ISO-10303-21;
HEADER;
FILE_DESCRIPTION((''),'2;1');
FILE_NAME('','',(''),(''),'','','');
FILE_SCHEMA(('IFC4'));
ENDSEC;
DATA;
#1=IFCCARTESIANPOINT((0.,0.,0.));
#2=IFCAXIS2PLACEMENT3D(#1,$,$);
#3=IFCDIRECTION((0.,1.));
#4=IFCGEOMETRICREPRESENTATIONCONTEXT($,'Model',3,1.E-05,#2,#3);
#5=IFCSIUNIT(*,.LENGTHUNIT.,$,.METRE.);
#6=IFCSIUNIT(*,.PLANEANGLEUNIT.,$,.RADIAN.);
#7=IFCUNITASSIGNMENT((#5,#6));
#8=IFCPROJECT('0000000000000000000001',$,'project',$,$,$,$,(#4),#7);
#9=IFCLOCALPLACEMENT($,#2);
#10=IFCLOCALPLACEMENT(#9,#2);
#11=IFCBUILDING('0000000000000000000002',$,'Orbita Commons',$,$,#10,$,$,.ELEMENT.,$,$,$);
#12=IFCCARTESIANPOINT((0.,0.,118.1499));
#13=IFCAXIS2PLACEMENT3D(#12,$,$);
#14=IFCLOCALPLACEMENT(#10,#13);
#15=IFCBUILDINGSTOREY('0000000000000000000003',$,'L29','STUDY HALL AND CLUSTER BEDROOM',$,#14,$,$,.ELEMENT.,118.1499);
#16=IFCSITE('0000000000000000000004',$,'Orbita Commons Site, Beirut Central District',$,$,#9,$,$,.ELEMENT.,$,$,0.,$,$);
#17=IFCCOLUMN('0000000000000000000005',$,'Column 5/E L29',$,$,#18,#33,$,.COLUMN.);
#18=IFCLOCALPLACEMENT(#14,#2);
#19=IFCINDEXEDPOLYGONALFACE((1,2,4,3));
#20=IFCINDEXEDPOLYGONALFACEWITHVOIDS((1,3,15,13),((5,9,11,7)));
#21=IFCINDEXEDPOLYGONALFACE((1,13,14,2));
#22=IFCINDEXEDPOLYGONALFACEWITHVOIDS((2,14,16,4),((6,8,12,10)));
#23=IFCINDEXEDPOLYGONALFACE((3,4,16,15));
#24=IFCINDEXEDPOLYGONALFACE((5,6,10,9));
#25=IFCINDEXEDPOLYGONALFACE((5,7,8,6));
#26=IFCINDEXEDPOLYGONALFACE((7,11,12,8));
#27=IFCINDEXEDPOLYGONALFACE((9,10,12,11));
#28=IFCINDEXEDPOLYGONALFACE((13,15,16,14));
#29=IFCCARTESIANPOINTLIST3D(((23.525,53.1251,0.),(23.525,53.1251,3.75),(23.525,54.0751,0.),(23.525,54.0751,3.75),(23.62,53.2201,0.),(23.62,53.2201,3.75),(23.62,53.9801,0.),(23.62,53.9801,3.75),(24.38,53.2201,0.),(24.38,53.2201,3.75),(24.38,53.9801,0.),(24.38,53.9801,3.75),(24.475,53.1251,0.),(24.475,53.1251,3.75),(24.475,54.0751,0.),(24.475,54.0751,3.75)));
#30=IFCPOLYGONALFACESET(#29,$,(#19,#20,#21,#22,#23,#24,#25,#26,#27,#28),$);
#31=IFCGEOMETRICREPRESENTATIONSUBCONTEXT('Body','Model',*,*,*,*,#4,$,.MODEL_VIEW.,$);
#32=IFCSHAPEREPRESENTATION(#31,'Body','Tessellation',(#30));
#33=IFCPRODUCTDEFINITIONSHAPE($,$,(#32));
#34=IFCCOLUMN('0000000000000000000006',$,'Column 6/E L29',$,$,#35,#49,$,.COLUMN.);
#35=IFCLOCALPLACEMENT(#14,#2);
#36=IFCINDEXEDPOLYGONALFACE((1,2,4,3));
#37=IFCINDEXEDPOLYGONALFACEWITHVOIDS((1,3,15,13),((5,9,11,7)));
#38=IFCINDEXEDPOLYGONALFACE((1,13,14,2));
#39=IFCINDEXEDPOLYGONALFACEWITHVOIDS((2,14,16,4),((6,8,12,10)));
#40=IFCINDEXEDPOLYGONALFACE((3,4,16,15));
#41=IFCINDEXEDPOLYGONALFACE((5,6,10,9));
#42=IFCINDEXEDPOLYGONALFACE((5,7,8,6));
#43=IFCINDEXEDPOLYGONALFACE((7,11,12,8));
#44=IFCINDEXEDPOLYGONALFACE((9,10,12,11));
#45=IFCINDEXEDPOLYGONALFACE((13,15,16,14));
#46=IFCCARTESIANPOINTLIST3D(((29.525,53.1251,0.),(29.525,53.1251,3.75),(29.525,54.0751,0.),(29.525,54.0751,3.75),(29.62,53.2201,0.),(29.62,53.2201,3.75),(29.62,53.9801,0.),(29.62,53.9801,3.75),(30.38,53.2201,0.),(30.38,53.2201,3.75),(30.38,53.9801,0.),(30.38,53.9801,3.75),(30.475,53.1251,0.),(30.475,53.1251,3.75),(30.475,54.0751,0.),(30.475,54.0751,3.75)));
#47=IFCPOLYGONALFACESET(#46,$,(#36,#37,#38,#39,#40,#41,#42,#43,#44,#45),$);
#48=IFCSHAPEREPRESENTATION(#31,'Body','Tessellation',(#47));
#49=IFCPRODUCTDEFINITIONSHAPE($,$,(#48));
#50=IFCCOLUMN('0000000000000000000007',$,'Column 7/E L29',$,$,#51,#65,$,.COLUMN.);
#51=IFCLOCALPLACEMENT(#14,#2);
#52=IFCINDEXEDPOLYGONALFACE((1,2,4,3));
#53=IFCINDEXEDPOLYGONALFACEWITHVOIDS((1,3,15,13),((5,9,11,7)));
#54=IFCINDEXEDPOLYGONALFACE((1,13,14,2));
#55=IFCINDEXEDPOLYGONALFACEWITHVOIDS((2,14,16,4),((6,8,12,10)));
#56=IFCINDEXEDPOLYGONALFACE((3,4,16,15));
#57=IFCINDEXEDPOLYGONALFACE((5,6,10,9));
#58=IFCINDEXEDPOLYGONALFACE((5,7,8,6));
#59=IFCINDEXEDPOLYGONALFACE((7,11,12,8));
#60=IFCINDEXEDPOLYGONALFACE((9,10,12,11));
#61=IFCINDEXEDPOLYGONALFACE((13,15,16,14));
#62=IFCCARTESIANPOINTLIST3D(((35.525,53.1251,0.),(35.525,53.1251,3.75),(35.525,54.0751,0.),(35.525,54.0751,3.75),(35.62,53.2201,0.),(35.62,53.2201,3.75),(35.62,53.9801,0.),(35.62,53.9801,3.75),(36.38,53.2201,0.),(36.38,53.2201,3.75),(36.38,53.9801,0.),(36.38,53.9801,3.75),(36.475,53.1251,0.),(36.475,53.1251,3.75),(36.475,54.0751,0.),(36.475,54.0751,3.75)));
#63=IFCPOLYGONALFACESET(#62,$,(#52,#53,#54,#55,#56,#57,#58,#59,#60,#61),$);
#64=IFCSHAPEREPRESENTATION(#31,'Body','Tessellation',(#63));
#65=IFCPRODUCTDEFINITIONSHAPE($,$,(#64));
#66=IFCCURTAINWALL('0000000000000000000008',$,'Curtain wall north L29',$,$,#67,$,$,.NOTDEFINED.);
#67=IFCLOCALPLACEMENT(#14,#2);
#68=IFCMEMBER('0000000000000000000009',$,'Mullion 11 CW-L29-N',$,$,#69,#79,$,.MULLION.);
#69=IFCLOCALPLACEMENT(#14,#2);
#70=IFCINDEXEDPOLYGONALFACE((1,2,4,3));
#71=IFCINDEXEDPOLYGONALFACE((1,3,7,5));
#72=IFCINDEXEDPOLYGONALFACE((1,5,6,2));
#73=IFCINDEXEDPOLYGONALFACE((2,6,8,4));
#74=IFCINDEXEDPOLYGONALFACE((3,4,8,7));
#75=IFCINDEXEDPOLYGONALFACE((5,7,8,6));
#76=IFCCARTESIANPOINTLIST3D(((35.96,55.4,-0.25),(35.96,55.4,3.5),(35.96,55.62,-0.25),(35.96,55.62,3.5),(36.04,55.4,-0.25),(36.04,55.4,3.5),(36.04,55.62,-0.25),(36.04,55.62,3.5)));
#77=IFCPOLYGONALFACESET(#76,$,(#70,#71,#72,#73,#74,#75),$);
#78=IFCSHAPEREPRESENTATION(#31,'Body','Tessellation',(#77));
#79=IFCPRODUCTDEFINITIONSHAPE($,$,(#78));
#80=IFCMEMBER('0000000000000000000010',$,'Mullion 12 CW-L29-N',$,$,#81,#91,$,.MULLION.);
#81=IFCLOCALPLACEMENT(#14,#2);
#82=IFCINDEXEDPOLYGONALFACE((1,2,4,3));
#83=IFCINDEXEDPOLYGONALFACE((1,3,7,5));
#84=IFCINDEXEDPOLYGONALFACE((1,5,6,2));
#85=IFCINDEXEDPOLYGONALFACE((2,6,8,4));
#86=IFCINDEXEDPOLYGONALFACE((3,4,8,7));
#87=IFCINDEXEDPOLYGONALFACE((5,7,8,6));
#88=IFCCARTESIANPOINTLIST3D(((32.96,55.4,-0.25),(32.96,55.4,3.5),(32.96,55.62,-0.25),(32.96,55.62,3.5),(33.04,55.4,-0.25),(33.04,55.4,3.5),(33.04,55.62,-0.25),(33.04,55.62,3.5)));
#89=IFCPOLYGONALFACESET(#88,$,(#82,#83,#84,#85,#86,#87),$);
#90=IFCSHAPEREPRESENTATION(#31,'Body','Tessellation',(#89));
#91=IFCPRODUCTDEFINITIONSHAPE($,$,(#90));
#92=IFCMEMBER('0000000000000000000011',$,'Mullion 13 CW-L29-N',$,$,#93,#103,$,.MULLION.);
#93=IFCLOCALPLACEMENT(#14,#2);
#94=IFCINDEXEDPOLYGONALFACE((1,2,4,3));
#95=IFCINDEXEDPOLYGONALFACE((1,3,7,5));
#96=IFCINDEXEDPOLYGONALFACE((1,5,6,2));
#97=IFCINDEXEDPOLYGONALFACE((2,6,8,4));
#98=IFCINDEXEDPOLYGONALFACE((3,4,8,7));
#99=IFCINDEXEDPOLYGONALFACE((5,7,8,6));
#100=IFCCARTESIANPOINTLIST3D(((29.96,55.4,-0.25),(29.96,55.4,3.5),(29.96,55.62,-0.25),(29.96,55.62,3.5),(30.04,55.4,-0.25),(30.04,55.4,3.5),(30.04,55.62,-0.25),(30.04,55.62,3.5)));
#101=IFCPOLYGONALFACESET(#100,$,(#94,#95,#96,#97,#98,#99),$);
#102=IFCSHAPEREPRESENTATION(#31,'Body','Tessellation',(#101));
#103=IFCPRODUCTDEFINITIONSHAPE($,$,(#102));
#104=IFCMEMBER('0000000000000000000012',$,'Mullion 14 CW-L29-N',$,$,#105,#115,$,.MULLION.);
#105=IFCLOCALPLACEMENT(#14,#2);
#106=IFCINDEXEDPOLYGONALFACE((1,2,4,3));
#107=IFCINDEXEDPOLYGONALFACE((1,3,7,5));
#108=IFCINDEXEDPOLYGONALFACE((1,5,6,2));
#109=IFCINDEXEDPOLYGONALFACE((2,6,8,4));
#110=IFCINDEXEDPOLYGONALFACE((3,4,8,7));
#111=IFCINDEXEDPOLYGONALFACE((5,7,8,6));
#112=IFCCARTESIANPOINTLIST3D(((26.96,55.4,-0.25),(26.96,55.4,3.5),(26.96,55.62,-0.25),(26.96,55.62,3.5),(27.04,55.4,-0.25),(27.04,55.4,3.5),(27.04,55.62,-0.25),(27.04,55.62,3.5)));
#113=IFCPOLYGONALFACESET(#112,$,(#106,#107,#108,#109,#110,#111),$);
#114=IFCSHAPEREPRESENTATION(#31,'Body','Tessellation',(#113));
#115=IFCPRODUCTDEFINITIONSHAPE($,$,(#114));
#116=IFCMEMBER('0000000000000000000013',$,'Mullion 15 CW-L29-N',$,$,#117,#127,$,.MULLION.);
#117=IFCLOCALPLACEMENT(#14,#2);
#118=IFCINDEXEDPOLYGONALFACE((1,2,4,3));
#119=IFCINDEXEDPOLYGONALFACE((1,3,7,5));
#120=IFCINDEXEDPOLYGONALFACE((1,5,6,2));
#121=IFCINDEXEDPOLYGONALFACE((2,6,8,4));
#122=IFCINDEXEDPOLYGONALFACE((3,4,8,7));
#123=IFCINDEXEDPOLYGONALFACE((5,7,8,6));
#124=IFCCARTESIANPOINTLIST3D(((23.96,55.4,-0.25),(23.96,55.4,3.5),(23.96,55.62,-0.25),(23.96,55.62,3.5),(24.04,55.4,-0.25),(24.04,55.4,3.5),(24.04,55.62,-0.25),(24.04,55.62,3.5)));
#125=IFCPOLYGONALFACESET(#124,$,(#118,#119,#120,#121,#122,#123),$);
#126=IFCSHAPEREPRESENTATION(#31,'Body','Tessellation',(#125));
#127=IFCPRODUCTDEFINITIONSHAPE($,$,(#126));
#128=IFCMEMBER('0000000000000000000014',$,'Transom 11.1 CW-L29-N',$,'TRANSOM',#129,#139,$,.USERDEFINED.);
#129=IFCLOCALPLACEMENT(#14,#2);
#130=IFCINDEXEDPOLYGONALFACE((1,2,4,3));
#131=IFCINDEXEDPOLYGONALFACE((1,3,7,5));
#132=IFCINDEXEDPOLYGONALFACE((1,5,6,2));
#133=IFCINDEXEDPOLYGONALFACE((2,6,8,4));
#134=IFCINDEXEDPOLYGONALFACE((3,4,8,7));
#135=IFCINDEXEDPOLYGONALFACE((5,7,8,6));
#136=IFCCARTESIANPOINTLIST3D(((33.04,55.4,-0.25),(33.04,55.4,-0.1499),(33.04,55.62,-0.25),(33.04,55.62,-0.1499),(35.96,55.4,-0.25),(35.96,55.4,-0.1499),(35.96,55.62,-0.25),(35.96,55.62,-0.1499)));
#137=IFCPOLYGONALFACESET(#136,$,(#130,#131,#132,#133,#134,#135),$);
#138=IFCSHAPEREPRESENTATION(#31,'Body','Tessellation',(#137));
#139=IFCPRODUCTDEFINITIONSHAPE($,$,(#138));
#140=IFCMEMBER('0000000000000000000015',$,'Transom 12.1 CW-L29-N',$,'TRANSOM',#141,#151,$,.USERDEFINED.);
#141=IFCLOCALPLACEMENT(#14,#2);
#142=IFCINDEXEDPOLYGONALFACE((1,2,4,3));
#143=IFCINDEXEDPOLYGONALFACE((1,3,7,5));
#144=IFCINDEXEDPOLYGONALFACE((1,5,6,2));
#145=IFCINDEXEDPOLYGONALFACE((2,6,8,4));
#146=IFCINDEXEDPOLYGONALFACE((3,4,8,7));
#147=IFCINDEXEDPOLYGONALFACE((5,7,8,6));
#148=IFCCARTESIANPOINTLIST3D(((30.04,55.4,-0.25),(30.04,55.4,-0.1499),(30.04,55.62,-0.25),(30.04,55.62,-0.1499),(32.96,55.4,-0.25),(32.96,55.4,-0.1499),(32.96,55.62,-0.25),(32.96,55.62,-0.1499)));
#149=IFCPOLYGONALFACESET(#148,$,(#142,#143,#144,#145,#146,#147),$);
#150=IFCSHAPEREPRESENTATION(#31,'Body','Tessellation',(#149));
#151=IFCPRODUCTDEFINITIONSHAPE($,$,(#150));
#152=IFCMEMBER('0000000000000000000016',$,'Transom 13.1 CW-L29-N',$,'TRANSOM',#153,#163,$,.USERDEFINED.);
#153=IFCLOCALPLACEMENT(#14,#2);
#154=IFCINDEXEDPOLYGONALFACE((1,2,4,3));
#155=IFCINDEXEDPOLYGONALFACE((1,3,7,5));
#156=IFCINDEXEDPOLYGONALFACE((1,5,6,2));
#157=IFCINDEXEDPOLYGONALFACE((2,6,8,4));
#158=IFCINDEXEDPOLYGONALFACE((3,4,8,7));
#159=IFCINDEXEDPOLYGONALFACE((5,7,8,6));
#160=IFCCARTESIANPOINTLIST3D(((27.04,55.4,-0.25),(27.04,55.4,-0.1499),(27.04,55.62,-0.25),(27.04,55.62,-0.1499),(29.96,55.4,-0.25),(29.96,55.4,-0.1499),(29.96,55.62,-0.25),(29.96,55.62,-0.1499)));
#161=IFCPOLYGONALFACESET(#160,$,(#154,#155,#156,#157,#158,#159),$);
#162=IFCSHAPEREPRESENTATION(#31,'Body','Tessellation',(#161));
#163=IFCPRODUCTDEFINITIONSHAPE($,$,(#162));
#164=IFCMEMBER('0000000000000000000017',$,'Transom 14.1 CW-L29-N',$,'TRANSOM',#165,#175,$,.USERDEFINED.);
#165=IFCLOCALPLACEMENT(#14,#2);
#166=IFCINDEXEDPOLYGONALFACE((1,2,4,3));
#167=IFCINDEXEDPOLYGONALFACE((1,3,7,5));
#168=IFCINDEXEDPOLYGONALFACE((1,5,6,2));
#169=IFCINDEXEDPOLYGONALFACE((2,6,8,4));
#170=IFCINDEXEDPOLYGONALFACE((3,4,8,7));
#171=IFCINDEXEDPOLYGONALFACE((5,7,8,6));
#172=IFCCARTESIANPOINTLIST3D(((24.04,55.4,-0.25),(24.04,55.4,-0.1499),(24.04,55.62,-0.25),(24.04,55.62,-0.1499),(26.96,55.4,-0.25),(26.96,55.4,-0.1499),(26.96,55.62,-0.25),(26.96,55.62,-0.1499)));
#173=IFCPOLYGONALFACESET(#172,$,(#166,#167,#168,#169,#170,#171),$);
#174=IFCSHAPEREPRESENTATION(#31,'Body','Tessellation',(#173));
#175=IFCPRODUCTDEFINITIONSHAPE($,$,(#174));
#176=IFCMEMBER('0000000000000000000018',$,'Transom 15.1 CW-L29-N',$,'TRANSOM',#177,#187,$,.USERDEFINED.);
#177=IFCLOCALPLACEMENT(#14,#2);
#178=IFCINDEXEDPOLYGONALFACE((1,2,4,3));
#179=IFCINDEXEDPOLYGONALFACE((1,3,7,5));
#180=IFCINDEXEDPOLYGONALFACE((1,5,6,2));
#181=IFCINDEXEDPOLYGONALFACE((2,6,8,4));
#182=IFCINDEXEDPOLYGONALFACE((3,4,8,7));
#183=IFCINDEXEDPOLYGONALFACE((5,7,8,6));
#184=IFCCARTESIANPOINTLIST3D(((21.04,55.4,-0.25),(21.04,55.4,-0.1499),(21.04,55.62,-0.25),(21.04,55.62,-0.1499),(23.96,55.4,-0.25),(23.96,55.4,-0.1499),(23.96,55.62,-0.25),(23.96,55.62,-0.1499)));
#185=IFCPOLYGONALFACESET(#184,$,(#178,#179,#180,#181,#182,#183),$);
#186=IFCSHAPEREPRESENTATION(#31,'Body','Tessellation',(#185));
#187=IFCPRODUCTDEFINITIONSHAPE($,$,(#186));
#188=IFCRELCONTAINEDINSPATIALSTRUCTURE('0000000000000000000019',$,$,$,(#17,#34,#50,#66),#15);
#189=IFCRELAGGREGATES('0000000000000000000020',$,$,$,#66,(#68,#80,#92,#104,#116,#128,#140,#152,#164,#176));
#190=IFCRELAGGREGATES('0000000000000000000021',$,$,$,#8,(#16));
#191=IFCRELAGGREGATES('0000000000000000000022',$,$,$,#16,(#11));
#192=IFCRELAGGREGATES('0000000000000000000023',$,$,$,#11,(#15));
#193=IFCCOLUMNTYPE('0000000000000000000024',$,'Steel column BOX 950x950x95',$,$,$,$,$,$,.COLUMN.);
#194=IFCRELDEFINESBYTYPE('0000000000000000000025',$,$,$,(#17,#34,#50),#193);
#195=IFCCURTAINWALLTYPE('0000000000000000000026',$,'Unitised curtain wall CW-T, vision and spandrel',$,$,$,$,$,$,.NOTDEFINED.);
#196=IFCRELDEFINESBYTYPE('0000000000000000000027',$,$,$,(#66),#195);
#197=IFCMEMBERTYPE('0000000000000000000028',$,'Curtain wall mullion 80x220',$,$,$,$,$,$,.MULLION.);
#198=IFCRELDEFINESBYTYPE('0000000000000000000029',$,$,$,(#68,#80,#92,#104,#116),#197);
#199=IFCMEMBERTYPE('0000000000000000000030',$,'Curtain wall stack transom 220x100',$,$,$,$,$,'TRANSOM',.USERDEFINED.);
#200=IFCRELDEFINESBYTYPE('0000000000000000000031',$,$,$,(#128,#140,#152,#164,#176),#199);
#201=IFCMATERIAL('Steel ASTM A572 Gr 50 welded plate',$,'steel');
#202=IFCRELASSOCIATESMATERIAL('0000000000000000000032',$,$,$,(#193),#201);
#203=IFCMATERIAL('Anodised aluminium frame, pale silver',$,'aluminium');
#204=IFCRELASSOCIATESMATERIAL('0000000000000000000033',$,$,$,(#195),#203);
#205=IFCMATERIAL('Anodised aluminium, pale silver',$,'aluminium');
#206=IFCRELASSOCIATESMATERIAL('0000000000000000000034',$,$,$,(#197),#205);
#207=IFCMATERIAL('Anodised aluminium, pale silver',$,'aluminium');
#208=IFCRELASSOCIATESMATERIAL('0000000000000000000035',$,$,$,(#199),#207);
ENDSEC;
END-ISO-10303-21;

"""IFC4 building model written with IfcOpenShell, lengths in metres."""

from ifc_helpers import new_model, si_unit, direction, frame, origin, origin_2d, place, context, subcontext, project, spatial, rectangle, hollow_rectangle, extrude, material, material_profile, profile_set, type_object, element, aggregate, save


model = new_model("IFC4")

# Units and contexts
model_context = context("Model", 3, precision=1e-05, world=origin(), true_north=direction((0.0, 1.0)))
body_context = subcontext(model_context, "Body", "Model", "MODEL_VIEW")
ifc_project = project(units=[si_unit("LENGTHUNIT", "METRE"), si_unit("PLANEANGLEUNIT", "RADIAN")], contexts=[model_context])

# Site, building, storey
site_placement = place(None, origin())
site = spatial("IfcSite", under=ifc_project, at=site_placement, Name="Orbita Commons Site, Beirut Central District", CompositionType="ELEMENT", RefElevation=0.0)
building_placement = place(site_placement, origin())
building = spatial("IfcBuilding", under=site, at=building_placement, Name="Orbita Commons", CompositionType="ELEMENT")
storey_placement = place(building_placement, frame((0.0, 0.0, 118.1499)))
storey = spatial("IfcBuildingStorey", under=building, at=storey_placement, Name="L29", Description="STUDY HALL AND CLUSTER BEDROOM", CompositionType="ELEMENT", Elevation=118.1499)

# Columns
ifc_material_1 = material(Name="Steel ASTM A572 Gr 50 welded plate", Category="steel")
ifc_material_profile_1 = material_profile(ifc_material_1, hollow_rectangle(XDim=0.95, YDim=0.95, WallThickness=0.095, at=origin_2d()), Name="BOX 950x950x95")
ifc_profile_set_1 = profile_set([ifc_material_profile_1], Name="Steel ASTM A572 Gr 50 welded plate")
column_type = type_object("IfcColumnType", Name="Steel column BOX 950x950x95", PredefinedType="COLUMN", material=ifc_profile_set_1)
for number, where, z_axis, x_axis, name in (
    (1, (24.0, 53.6001, 0.0), (0.0, 0.0, 1.0), (1.0, 0.0, 0.0), "Column 5/E L29"),
    (2, (30.0, 53.6001, 0.0), (0.0, 0.0, 1.0), (1.0, 0.0, 0.0), "Column 6/E L29"),
    (3, (36.0, 53.6001, 0.0), (0.0, 0.0, 1.0), (1.0, 0.0, 0.0), "Column 7/E L29"),
):
    element("IfcColumn", number, at=place(storey_placement, frame(where, z_axis=z_axis, x_axis=x_axis)), inside=storey, type_object=column_type, Name=name, PredefinedType="COLUMN", context=body_context, shape_type="SweptSolid", body=[
        extrude(hollow_rectangle(XDim=0.95, YDim=0.95, WallThickness=0.095, at=origin_2d()), origin(), (0.0, 0.0, 1.0), 3.75),
    ])

# Curtain wall, members
ifc_material_2 = material(Name="Anodised aluminium frame, pale silver", Category="aluminium")
curtain_wall_type = type_object("IfcCurtainWallType", Name="Unitised curtain wall CW-T, vision and spandrel", PredefinedType="NOTDEFINED", material=ifc_material_2)
curtain_wall_placement = place(storey_placement, origin())
curtain_wall = element("IfcCurtainWall", 4, at=curtain_wall_placement, inside=storey, type_object=curtain_wall_type, Name="Curtain wall north L29", PredefinedType="NOTDEFINED")
ifc_material_3 = material(Name="Anodised aluminium, pale silver", Category="aluminium")
ifc_material_profile_2 = material_profile(ifc_material_3, rectangle(XDim=0.0801, YDim=0.22, at=origin_2d()), Name="AL 80x220")
ifc_profile_set_2 = profile_set([ifc_material_profile_2], Name="Anodised aluminium, pale silver")
member_type_1 = type_object("IfcMemberType", Name="Curtain wall mullion 80x220", PredefinedType="MULLION", material=ifc_profile_set_2)
member_1_placement = place(storey_placement, frame((36.0, 55.51, -0.25), z_axis=(0.0, 0.0, 1.0), x_axis=(-1.0, 0.0, 0.0)))
member_1 = element("IfcMember", 5, at=member_1_placement, type_object=member_type_1, Name="Mullion 11 CW-L29-N", PredefinedType="MULLION", context=body_context, shape_type="SweptSolid", body=[
    extrude(rectangle(XDim=0.0801, YDim=0.22, at=origin_2d()), origin(), (0.0, 0.0, 1.0), 3.75),
])
member_2_placement = place(storey_placement, frame((33.0, 55.51, -0.25), z_axis=(0.0, 0.0, 1.0), x_axis=(-1.0, 0.0, 0.0)))
member_2 = element("IfcMember", 6, at=member_2_placement, type_object=member_type_1, Name="Mullion 12 CW-L29-N", PredefinedType="MULLION", context=body_context, shape_type="SweptSolid", body=[
    extrude(rectangle(XDim=0.0801, YDim=0.22, at=origin_2d()), origin(), (0.0, 0.0, 1.0), 3.75),
])
member_3_placement = place(storey_placement, frame((30.0, 55.51, -0.25), z_axis=(0.0, 0.0, 1.0), x_axis=(-1.0, 0.0, 0.0)))
member_3 = element("IfcMember", 7, at=member_3_placement, type_object=member_type_1, Name="Mullion 13 CW-L29-N", PredefinedType="MULLION", context=body_context, shape_type="SweptSolid", body=[
    extrude(rectangle(XDim=0.0801, YDim=0.22, at=origin_2d()), origin(), (0.0, 0.0, 1.0), 3.75),
])
member_4_placement = place(storey_placement, frame((27.0, 55.51, -0.25), z_axis=(0.0, 0.0, 1.0), x_axis=(-1.0, 0.0, 0.0)))
member_4 = element("IfcMember", 8, at=member_4_placement, type_object=member_type_1, Name="Mullion 14 CW-L29-N", PredefinedType="MULLION", context=body_context, shape_type="SweptSolid", body=[
    extrude(rectangle(XDim=0.0801, YDim=0.22, at=origin_2d()), origin(), (0.0, 0.0, 1.0), 3.75),
])
member_5_placement = place(storey_placement, frame((24.0, 55.51, -0.25), z_axis=(0.0, 0.0, 1.0), x_axis=(-1.0, 0.0, 0.0)))
member_5 = element("IfcMember", 9, at=member_5_placement, type_object=member_type_1, Name="Mullion 15 CW-L29-N", PredefinedType="MULLION", context=body_context, shape_type="SweptSolid", body=[
    extrude(rectangle(XDim=0.0801, YDim=0.22, at=origin_2d()), origin(), (0.0, 0.0, 1.0), 3.75),
])
ifc_material_4 = material(Name="Anodised aluminium, pale silver", Category="aluminium")
ifc_material_profile_3 = material_profile(ifc_material_4, rectangle(XDim=0.22, YDim=0.1001, at=origin_2d()), Name="AL 220x100")
ifc_profile_set_3 = profile_set([ifc_material_profile_3], Name="Anodised aluminium, pale silver")
member_type_2 = type_object("IfcMemberType", Name="Curtain wall stack transom 220x100", ElementType="TRANSOM", PredefinedType="USERDEFINED", material=ifc_profile_set_3)
member_6_placement = place(storey_placement, frame((35.96, 55.51, -0.2), z_axis=(-1.0, 0.0, 0.0), x_axis=(0.0, -1.0, 0.0)))
member_6 = element("IfcMember", 10, at=member_6_placement, type_object=member_type_2, Name="Transom 11.1 CW-L29-N", ObjectType="TRANSOM", PredefinedType="USERDEFINED", context=body_context, shape_type="SweptSolid", body=[
    extrude(rectangle(XDim=0.22, YDim=0.1001, at=origin_2d()), origin(), (0.0, 0.0, 1.0), 2.9199),
])
member_7_placement = place(storey_placement, frame((32.96, 55.51, -0.2), z_axis=(-1.0, 0.0, 0.0), x_axis=(0.0, -1.0, 0.0)))
member_7 = element("IfcMember", 11, at=member_7_placement, type_object=member_type_2, Name="Transom 12.1 CW-L29-N", ObjectType="TRANSOM", PredefinedType="USERDEFINED", context=body_context, shape_type="SweptSolid", body=[
    extrude(rectangle(XDim=0.22, YDim=0.1001, at=origin_2d()), origin(), (0.0, 0.0, 1.0), 2.9199),
])
member_8_placement = place(storey_placement, frame((29.96, 55.51, -0.2), z_axis=(-1.0, 0.0, 0.0), x_axis=(0.0, -1.0, 0.0)))
member_8 = element("IfcMember", 12, at=member_8_placement, type_object=member_type_2, Name="Transom 13.1 CW-L29-N", ObjectType="TRANSOM", PredefinedType="USERDEFINED", context=body_context, shape_type="SweptSolid", body=[
    extrude(rectangle(XDim=0.22, YDim=0.1001, at=origin_2d()), origin(), (0.0, 0.0, 1.0), 2.9199),
])
member_9_placement = place(storey_placement, frame((26.96, 55.51, -0.2), z_axis=(-1.0, 0.0, 0.0), x_axis=(0.0, -1.0, 0.0)))
member_9 = element("IfcMember", 13, at=member_9_placement, type_object=member_type_2, Name="Transom 14.1 CW-L29-N", ObjectType="TRANSOM", PredefinedType="USERDEFINED", context=body_context, shape_type="SweptSolid", body=[
    extrude(rectangle(XDim=0.22, YDim=0.1001, at=origin_2d()), origin(), (0.0, 0.0, 1.0), 2.9199),
])
member_10_placement = place(storey_placement, frame((23.96, 55.51, -0.2), z_axis=(-1.0, 0.0, 0.0), x_axis=(0.0, -1.0, 0.0)))
member_10 = element("IfcMember", 14, at=member_10_placement, type_object=member_type_2, Name="Transom 15.1 CW-L29-N", ObjectType="TRANSOM", PredefinedType="USERDEFINED", context=body_context, shape_type="SweptSolid", body=[
    extrude(rectangle(XDim=0.22, YDim=0.1001, at=origin_2d()), origin(), (0.0, 0.0, 1.0), 2.9199),
])

aggregate(curtain_wall, [member_1, member_2, member_3, member_4, member_5, member_6, member_7, member_8, member_9, member_10])

save(model, "model.ifc")
